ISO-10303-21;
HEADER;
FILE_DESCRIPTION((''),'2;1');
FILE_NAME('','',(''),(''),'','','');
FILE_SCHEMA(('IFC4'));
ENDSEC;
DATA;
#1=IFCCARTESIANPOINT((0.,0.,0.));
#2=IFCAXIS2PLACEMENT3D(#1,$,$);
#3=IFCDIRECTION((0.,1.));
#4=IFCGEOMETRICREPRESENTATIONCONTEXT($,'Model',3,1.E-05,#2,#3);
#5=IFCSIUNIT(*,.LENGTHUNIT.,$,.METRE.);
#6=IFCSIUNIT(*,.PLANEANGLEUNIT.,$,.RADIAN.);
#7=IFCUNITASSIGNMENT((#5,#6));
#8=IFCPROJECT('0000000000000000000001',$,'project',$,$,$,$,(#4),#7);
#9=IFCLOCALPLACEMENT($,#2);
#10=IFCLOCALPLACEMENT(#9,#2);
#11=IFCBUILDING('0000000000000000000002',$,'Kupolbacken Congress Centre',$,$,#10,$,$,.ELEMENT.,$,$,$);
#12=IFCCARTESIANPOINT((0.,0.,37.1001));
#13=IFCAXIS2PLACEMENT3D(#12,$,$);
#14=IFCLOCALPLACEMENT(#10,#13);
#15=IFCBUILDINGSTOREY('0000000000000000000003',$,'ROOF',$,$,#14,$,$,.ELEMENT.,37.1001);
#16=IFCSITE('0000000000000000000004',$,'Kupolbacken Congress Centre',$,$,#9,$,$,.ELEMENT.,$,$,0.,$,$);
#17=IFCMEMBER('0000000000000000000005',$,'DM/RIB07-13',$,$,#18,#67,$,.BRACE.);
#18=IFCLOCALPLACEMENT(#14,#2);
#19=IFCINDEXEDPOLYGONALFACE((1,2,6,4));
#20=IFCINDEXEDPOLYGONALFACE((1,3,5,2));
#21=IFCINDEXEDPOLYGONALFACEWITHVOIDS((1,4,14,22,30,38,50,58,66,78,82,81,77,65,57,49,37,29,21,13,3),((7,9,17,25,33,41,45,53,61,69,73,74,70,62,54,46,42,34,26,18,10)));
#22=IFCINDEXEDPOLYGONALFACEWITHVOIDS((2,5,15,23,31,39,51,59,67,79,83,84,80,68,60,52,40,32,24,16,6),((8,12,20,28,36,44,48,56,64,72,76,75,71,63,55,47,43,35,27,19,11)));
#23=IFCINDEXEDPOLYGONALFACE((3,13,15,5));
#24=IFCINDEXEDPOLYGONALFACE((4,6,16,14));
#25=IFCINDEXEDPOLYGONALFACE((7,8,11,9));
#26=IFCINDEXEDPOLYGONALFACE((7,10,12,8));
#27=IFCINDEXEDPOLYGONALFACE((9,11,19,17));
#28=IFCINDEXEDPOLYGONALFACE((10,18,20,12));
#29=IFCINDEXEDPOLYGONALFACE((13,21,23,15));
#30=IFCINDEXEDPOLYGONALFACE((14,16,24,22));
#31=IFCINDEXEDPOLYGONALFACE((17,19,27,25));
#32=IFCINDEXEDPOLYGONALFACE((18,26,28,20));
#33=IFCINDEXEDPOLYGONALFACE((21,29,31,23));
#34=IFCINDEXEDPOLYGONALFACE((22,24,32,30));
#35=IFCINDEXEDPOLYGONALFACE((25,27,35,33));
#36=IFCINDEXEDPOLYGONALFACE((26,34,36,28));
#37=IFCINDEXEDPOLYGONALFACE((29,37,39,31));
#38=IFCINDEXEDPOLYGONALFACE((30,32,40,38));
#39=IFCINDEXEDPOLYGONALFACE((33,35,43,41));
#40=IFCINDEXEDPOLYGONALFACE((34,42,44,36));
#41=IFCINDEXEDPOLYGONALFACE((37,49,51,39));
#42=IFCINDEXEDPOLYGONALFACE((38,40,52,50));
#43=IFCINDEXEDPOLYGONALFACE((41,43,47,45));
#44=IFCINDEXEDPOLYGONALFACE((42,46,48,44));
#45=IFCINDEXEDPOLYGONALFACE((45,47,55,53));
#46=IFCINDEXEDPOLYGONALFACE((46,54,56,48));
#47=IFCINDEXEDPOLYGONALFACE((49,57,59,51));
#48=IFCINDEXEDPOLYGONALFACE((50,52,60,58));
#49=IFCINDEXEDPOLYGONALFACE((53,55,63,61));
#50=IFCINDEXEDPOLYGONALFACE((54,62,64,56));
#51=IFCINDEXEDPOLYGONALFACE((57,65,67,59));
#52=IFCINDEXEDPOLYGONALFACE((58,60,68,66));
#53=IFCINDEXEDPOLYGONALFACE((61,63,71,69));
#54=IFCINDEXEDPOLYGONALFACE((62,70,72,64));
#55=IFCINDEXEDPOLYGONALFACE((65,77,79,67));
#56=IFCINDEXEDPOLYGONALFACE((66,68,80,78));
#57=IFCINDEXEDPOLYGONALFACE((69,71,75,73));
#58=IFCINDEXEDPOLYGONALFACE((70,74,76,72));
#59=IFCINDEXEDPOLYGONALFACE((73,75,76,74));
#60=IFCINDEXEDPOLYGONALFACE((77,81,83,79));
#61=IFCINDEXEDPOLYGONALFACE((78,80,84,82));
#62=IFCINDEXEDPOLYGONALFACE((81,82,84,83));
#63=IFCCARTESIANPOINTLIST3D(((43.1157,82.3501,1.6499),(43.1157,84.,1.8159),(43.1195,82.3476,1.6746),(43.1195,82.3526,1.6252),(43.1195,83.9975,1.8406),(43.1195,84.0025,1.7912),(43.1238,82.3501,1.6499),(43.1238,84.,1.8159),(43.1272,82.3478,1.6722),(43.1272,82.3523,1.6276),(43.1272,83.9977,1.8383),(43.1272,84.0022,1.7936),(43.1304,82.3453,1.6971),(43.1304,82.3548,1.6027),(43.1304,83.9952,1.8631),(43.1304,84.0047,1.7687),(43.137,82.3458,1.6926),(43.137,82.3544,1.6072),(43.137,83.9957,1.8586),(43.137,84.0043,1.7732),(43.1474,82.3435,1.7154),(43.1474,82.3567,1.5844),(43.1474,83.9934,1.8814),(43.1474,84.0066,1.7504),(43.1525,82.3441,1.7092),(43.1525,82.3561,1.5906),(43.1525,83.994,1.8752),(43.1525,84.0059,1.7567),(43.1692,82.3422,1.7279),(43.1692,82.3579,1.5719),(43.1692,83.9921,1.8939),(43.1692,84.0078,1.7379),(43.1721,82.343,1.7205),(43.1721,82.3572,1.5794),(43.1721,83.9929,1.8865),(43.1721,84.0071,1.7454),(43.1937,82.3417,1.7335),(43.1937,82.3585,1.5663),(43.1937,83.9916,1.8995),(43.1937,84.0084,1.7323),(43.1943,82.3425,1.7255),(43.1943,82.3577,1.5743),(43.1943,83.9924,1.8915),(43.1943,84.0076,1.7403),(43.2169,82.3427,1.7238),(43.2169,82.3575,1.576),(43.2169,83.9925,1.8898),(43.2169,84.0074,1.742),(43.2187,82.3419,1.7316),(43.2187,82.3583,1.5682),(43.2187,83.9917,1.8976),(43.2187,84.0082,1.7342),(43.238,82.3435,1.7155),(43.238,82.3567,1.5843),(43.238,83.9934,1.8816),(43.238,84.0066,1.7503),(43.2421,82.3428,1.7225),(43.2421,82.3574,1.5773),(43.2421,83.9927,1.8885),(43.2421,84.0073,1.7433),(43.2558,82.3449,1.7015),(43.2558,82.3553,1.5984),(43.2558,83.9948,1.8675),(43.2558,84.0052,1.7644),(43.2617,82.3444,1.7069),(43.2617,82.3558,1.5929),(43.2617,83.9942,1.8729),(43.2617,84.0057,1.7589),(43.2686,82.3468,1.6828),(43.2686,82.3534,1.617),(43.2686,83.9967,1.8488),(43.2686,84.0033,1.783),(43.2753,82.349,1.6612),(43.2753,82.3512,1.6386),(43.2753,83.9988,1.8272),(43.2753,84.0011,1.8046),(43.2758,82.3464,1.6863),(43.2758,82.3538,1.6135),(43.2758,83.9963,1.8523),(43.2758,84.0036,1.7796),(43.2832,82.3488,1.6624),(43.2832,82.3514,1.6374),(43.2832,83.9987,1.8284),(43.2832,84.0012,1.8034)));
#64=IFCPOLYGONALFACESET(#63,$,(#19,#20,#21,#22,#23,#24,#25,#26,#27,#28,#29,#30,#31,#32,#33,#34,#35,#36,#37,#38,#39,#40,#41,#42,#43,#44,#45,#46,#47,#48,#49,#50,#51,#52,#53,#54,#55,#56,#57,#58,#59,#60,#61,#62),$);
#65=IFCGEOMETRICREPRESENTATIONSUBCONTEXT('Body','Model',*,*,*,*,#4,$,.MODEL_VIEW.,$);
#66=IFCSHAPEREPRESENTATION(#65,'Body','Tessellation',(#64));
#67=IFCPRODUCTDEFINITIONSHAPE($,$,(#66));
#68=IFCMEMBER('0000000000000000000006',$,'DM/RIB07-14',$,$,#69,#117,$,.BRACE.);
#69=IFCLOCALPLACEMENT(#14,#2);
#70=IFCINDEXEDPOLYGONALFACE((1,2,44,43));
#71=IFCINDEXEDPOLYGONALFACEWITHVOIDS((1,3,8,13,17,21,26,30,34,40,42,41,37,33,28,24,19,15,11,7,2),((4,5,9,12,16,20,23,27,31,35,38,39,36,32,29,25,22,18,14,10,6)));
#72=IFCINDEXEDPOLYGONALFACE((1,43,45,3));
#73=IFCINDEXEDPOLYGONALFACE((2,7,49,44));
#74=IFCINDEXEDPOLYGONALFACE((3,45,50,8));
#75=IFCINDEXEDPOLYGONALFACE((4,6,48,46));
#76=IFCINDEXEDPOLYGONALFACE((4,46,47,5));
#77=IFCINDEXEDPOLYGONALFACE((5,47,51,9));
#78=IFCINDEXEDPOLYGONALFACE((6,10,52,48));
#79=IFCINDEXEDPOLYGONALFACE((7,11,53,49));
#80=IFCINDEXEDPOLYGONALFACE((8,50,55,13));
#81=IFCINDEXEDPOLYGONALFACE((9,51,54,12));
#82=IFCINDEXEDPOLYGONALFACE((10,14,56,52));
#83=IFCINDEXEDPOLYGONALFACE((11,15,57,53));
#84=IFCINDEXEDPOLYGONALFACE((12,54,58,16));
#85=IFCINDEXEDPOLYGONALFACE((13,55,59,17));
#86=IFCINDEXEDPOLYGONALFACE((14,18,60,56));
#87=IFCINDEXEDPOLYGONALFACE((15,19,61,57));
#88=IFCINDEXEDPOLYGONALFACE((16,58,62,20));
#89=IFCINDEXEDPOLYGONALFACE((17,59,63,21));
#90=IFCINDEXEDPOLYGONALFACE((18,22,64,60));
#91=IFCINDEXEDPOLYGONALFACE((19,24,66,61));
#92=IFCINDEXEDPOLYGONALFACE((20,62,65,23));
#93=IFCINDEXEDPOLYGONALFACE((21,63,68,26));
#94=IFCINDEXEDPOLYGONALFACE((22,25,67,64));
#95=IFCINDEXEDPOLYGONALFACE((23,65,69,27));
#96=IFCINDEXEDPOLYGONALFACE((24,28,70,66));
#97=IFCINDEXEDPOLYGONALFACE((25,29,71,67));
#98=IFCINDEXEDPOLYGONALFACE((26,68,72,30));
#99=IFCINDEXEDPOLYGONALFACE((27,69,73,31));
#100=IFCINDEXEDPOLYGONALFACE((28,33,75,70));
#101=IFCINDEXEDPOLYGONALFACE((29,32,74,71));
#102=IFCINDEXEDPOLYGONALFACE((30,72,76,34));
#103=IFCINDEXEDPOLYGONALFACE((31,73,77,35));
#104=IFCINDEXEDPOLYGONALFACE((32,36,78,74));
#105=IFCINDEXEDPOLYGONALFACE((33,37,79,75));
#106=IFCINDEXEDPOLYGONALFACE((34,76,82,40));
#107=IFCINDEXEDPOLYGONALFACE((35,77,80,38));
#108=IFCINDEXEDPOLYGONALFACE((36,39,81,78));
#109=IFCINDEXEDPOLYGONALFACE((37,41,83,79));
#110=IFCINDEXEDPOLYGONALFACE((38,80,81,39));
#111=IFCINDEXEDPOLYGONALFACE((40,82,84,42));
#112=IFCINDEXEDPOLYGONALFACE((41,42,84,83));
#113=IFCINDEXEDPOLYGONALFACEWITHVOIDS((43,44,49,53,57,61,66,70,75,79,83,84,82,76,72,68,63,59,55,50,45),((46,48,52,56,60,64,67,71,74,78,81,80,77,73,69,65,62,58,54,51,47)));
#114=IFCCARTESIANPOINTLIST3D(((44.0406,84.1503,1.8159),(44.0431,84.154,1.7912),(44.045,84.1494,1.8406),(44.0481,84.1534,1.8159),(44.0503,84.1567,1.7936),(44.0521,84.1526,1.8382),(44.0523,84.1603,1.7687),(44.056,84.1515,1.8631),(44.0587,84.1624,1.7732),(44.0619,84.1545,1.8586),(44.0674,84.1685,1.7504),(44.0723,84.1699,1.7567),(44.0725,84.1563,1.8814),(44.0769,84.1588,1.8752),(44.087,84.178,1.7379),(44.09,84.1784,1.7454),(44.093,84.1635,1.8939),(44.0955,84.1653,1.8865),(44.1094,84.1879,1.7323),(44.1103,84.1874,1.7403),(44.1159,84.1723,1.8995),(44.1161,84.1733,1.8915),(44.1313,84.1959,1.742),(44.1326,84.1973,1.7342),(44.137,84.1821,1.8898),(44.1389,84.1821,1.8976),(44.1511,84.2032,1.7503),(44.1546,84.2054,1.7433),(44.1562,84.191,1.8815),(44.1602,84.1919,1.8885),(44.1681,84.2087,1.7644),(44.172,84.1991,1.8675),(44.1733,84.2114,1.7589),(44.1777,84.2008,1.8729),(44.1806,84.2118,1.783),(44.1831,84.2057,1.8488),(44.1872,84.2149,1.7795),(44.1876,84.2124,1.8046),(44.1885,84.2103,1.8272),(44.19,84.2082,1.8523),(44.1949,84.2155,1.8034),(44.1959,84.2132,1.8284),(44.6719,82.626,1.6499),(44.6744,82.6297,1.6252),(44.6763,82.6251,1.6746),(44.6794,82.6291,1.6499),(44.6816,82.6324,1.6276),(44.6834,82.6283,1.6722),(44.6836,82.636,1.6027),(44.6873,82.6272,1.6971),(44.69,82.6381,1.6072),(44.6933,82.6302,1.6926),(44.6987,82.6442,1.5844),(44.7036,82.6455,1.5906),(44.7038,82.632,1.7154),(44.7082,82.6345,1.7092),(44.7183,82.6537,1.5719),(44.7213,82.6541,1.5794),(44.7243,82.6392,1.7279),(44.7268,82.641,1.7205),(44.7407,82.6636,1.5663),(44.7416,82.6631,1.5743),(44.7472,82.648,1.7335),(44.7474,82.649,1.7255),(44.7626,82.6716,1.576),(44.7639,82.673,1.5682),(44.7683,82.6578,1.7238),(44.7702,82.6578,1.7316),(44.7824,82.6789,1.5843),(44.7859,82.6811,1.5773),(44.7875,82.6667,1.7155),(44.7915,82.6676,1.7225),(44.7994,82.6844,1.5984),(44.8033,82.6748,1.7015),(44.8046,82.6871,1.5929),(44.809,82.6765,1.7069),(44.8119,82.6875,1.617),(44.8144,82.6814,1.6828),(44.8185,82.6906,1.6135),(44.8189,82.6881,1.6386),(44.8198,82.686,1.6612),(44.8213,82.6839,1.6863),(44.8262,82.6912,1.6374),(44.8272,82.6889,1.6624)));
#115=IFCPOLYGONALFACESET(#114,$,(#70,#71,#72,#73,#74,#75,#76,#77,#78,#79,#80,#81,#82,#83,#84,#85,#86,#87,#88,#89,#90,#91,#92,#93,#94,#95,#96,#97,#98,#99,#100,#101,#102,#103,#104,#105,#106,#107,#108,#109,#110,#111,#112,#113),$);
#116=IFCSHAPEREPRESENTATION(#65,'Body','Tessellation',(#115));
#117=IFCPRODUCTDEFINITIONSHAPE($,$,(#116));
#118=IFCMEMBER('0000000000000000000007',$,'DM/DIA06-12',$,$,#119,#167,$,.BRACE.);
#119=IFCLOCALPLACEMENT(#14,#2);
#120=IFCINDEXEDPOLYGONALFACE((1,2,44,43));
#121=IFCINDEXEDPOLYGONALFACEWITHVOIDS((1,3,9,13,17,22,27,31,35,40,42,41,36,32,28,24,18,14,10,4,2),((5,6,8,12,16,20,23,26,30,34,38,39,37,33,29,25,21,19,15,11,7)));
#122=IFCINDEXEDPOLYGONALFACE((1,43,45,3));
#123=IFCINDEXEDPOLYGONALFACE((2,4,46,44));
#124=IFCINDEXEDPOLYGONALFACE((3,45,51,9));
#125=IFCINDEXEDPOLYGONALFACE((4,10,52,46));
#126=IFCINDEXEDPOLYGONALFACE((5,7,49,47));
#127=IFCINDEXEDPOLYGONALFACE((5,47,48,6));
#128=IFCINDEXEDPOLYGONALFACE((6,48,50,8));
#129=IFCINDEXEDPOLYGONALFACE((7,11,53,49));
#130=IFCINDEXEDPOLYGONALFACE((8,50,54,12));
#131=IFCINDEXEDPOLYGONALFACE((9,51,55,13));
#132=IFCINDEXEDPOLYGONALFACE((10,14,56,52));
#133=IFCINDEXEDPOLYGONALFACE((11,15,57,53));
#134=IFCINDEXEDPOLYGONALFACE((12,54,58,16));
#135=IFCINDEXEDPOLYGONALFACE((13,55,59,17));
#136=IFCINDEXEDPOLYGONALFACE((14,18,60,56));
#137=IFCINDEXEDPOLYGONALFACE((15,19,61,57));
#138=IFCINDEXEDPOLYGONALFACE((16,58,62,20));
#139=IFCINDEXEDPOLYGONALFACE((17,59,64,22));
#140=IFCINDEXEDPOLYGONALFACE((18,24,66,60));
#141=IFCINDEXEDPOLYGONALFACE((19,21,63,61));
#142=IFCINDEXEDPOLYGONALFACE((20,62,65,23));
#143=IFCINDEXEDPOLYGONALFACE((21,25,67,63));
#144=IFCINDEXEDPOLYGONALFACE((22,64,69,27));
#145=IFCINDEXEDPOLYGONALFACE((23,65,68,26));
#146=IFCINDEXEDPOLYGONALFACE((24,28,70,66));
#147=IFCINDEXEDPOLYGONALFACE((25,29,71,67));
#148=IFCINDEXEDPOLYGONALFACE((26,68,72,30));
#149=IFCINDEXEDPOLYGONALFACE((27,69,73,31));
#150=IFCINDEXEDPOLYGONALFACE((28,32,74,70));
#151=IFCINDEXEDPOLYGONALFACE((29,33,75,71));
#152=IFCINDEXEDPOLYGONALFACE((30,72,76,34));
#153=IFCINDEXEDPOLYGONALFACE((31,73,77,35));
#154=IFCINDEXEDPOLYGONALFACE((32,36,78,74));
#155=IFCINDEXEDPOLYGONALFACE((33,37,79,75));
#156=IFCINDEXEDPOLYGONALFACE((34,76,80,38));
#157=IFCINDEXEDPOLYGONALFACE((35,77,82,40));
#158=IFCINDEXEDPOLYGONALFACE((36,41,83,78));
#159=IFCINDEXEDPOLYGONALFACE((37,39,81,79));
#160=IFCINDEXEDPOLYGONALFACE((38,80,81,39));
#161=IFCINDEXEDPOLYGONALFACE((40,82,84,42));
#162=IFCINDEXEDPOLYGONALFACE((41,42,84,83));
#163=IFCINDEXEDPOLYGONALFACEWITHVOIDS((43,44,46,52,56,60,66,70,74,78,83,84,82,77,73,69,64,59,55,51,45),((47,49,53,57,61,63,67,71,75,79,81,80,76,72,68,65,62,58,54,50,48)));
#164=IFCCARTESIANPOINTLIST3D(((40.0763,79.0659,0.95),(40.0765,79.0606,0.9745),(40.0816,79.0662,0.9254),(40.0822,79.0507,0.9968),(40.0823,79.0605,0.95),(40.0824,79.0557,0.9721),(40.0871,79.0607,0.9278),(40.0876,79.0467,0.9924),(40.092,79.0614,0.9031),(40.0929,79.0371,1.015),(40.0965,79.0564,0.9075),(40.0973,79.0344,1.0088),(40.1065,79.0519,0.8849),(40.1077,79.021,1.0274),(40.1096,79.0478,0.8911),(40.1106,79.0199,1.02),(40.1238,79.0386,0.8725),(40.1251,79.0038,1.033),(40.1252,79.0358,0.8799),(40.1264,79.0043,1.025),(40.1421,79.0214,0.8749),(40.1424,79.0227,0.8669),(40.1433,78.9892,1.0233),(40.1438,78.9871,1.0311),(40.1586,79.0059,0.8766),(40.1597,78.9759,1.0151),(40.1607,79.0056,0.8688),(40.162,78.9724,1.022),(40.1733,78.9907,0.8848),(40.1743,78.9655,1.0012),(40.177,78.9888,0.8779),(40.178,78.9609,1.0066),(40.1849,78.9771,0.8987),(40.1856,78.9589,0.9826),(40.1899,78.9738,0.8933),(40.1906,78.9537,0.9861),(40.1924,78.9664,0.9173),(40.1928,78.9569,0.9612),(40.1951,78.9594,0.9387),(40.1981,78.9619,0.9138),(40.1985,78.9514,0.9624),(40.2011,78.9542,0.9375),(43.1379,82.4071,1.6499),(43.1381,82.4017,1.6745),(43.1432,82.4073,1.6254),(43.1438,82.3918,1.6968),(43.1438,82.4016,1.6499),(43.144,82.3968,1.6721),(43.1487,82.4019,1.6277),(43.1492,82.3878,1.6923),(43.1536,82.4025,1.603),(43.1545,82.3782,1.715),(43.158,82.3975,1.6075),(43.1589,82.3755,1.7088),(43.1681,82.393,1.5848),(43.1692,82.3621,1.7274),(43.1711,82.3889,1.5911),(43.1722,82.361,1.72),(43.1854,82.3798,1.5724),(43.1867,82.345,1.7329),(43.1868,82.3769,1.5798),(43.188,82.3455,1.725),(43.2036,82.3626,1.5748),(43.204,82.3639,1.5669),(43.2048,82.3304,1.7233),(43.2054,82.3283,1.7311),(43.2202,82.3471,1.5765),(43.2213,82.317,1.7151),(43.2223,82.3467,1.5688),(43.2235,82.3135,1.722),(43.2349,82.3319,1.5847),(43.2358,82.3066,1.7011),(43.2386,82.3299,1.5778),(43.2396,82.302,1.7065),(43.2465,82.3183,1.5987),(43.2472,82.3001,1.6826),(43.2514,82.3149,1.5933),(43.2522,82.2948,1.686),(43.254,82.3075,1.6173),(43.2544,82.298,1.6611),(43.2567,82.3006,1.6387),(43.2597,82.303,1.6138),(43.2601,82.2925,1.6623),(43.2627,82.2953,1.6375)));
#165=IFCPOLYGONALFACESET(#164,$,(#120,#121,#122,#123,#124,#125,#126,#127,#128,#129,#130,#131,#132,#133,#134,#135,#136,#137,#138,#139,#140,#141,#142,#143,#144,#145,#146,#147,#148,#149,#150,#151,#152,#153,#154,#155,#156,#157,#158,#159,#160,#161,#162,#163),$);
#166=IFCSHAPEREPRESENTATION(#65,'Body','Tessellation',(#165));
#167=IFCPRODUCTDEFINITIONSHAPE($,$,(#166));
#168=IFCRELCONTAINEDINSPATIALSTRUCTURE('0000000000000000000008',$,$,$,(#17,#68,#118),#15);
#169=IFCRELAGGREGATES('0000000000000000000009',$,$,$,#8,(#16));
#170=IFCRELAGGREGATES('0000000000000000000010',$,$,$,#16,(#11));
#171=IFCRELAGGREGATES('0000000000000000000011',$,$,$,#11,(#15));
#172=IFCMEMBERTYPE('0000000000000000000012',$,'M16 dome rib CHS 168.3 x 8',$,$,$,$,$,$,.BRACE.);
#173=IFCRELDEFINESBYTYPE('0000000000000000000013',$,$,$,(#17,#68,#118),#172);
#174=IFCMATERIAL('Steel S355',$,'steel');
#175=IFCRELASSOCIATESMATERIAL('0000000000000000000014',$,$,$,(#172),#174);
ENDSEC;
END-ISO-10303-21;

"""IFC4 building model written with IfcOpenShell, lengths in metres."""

from ifc_helpers import new_model, si_unit, direction, frame, origin, origin_2d, place, context, subcontext, project, spatial, hollow_circle, extrude, material, material_profile, profile_set, type_object, element, save


model = new_model("IFC4")

# Units and contexts
model_context = context("Model", 3, precision=1e-05, world=origin(), true_north=direction((0.0, 1.0)))
body_context = subcontext(model_context, "Body", "Model", "MODEL_VIEW")
ifc_project = project(units=[si_unit("LENGTHUNIT", "METRE"), si_unit("PLANEANGLEUNIT", "RADIAN")], contexts=[model_context])

# Site, building, storey
site_placement = place(None, origin())
site = spatial("IfcSite", under=ifc_project, at=site_placement, Name="Kupolbacken Congress Centre", CompositionType="ELEMENT", RefElevation=0.0)
building_placement = place(site_placement, origin())
building = spatial("IfcBuilding", under=site, at=building_placement, Name="Kupolbacken Congress Centre", CompositionType="ELEMENT")
storey_placement = place(building_placement, frame((0.0, 0.0, 37.1001)))
storey = spatial("IfcBuildingStorey", under=building, at=storey_placement, Name="ROOF", CompositionType="ELEMENT", Elevation=37.1001)

# Members
ifc_material_1 = material(Name="Steel S355", Category="steel")
ifc_material_profile_1 = material_profile(ifc_material_1, hollow_circle(Radius=0.0842, WallThickness=0.0081, at=origin_2d()), Name="CHS 168.3 x 8")
ifc_profile_set_1 = profile_set([ifc_material_profile_1], Name="Steel S355")
member_type_1 = type_object("IfcMemberType", Name="M16 dome rib CHS 168.3 x 8", PredefinedType="BRACE", material=ifc_profile_set_1)
for number, where, z_axis, x_axis, name in (
    (1, (43.2, 82.3501, 1.6499), (0.0, 0.994976, 0.100116), (-1.0, 0.0, 0.0), "DM/RIB07-13"),
    (2, (44.7498, 82.6582, 1.6499), (-0.380717, 0.919256, 0.100111), (-0.923898, -0.382639, 0.0), "DM/RIB07-14"),
):
    element("IfcMember", number, at=place(storey_placement, frame(where, z_axis=z_axis, x_axis=x_axis)), inside=storey, type_object=member_type_1, Name=name, PredefinedType="BRACE", context=body_context, shape_type="SweptSolid", body=[
        extrude(hollow_circle(Radius=0.0842, WallThickness=0.0081, at=origin_2d()), origin(), (0.0, 0.0, 1.0), 1.6582),
    ])
for number, where, z_axis, x_axis, name in (
    (3, (40.1384, 79.009, 0.95), (0.667673, 0.728637, 0.152649), (-0.737277, 0.67559, 0.0), "DM/DIA06-12"),
):
    element("IfcMember", number, at=place(storey_placement, frame(where, z_axis=z_axis, x_axis=x_axis)), inside=storey, type_object=member_type_1, Name=name, PredefinedType="BRACE", context=body_context, shape_type="SweptSolid", body=[
        extrude(hollow_circle(Radius=0.0842, WallThickness=0.0081, at=origin_2d()), origin(), (0.0, 0.0, 1.0), 4.5854),
    ])

save(model, "model.ifc")
